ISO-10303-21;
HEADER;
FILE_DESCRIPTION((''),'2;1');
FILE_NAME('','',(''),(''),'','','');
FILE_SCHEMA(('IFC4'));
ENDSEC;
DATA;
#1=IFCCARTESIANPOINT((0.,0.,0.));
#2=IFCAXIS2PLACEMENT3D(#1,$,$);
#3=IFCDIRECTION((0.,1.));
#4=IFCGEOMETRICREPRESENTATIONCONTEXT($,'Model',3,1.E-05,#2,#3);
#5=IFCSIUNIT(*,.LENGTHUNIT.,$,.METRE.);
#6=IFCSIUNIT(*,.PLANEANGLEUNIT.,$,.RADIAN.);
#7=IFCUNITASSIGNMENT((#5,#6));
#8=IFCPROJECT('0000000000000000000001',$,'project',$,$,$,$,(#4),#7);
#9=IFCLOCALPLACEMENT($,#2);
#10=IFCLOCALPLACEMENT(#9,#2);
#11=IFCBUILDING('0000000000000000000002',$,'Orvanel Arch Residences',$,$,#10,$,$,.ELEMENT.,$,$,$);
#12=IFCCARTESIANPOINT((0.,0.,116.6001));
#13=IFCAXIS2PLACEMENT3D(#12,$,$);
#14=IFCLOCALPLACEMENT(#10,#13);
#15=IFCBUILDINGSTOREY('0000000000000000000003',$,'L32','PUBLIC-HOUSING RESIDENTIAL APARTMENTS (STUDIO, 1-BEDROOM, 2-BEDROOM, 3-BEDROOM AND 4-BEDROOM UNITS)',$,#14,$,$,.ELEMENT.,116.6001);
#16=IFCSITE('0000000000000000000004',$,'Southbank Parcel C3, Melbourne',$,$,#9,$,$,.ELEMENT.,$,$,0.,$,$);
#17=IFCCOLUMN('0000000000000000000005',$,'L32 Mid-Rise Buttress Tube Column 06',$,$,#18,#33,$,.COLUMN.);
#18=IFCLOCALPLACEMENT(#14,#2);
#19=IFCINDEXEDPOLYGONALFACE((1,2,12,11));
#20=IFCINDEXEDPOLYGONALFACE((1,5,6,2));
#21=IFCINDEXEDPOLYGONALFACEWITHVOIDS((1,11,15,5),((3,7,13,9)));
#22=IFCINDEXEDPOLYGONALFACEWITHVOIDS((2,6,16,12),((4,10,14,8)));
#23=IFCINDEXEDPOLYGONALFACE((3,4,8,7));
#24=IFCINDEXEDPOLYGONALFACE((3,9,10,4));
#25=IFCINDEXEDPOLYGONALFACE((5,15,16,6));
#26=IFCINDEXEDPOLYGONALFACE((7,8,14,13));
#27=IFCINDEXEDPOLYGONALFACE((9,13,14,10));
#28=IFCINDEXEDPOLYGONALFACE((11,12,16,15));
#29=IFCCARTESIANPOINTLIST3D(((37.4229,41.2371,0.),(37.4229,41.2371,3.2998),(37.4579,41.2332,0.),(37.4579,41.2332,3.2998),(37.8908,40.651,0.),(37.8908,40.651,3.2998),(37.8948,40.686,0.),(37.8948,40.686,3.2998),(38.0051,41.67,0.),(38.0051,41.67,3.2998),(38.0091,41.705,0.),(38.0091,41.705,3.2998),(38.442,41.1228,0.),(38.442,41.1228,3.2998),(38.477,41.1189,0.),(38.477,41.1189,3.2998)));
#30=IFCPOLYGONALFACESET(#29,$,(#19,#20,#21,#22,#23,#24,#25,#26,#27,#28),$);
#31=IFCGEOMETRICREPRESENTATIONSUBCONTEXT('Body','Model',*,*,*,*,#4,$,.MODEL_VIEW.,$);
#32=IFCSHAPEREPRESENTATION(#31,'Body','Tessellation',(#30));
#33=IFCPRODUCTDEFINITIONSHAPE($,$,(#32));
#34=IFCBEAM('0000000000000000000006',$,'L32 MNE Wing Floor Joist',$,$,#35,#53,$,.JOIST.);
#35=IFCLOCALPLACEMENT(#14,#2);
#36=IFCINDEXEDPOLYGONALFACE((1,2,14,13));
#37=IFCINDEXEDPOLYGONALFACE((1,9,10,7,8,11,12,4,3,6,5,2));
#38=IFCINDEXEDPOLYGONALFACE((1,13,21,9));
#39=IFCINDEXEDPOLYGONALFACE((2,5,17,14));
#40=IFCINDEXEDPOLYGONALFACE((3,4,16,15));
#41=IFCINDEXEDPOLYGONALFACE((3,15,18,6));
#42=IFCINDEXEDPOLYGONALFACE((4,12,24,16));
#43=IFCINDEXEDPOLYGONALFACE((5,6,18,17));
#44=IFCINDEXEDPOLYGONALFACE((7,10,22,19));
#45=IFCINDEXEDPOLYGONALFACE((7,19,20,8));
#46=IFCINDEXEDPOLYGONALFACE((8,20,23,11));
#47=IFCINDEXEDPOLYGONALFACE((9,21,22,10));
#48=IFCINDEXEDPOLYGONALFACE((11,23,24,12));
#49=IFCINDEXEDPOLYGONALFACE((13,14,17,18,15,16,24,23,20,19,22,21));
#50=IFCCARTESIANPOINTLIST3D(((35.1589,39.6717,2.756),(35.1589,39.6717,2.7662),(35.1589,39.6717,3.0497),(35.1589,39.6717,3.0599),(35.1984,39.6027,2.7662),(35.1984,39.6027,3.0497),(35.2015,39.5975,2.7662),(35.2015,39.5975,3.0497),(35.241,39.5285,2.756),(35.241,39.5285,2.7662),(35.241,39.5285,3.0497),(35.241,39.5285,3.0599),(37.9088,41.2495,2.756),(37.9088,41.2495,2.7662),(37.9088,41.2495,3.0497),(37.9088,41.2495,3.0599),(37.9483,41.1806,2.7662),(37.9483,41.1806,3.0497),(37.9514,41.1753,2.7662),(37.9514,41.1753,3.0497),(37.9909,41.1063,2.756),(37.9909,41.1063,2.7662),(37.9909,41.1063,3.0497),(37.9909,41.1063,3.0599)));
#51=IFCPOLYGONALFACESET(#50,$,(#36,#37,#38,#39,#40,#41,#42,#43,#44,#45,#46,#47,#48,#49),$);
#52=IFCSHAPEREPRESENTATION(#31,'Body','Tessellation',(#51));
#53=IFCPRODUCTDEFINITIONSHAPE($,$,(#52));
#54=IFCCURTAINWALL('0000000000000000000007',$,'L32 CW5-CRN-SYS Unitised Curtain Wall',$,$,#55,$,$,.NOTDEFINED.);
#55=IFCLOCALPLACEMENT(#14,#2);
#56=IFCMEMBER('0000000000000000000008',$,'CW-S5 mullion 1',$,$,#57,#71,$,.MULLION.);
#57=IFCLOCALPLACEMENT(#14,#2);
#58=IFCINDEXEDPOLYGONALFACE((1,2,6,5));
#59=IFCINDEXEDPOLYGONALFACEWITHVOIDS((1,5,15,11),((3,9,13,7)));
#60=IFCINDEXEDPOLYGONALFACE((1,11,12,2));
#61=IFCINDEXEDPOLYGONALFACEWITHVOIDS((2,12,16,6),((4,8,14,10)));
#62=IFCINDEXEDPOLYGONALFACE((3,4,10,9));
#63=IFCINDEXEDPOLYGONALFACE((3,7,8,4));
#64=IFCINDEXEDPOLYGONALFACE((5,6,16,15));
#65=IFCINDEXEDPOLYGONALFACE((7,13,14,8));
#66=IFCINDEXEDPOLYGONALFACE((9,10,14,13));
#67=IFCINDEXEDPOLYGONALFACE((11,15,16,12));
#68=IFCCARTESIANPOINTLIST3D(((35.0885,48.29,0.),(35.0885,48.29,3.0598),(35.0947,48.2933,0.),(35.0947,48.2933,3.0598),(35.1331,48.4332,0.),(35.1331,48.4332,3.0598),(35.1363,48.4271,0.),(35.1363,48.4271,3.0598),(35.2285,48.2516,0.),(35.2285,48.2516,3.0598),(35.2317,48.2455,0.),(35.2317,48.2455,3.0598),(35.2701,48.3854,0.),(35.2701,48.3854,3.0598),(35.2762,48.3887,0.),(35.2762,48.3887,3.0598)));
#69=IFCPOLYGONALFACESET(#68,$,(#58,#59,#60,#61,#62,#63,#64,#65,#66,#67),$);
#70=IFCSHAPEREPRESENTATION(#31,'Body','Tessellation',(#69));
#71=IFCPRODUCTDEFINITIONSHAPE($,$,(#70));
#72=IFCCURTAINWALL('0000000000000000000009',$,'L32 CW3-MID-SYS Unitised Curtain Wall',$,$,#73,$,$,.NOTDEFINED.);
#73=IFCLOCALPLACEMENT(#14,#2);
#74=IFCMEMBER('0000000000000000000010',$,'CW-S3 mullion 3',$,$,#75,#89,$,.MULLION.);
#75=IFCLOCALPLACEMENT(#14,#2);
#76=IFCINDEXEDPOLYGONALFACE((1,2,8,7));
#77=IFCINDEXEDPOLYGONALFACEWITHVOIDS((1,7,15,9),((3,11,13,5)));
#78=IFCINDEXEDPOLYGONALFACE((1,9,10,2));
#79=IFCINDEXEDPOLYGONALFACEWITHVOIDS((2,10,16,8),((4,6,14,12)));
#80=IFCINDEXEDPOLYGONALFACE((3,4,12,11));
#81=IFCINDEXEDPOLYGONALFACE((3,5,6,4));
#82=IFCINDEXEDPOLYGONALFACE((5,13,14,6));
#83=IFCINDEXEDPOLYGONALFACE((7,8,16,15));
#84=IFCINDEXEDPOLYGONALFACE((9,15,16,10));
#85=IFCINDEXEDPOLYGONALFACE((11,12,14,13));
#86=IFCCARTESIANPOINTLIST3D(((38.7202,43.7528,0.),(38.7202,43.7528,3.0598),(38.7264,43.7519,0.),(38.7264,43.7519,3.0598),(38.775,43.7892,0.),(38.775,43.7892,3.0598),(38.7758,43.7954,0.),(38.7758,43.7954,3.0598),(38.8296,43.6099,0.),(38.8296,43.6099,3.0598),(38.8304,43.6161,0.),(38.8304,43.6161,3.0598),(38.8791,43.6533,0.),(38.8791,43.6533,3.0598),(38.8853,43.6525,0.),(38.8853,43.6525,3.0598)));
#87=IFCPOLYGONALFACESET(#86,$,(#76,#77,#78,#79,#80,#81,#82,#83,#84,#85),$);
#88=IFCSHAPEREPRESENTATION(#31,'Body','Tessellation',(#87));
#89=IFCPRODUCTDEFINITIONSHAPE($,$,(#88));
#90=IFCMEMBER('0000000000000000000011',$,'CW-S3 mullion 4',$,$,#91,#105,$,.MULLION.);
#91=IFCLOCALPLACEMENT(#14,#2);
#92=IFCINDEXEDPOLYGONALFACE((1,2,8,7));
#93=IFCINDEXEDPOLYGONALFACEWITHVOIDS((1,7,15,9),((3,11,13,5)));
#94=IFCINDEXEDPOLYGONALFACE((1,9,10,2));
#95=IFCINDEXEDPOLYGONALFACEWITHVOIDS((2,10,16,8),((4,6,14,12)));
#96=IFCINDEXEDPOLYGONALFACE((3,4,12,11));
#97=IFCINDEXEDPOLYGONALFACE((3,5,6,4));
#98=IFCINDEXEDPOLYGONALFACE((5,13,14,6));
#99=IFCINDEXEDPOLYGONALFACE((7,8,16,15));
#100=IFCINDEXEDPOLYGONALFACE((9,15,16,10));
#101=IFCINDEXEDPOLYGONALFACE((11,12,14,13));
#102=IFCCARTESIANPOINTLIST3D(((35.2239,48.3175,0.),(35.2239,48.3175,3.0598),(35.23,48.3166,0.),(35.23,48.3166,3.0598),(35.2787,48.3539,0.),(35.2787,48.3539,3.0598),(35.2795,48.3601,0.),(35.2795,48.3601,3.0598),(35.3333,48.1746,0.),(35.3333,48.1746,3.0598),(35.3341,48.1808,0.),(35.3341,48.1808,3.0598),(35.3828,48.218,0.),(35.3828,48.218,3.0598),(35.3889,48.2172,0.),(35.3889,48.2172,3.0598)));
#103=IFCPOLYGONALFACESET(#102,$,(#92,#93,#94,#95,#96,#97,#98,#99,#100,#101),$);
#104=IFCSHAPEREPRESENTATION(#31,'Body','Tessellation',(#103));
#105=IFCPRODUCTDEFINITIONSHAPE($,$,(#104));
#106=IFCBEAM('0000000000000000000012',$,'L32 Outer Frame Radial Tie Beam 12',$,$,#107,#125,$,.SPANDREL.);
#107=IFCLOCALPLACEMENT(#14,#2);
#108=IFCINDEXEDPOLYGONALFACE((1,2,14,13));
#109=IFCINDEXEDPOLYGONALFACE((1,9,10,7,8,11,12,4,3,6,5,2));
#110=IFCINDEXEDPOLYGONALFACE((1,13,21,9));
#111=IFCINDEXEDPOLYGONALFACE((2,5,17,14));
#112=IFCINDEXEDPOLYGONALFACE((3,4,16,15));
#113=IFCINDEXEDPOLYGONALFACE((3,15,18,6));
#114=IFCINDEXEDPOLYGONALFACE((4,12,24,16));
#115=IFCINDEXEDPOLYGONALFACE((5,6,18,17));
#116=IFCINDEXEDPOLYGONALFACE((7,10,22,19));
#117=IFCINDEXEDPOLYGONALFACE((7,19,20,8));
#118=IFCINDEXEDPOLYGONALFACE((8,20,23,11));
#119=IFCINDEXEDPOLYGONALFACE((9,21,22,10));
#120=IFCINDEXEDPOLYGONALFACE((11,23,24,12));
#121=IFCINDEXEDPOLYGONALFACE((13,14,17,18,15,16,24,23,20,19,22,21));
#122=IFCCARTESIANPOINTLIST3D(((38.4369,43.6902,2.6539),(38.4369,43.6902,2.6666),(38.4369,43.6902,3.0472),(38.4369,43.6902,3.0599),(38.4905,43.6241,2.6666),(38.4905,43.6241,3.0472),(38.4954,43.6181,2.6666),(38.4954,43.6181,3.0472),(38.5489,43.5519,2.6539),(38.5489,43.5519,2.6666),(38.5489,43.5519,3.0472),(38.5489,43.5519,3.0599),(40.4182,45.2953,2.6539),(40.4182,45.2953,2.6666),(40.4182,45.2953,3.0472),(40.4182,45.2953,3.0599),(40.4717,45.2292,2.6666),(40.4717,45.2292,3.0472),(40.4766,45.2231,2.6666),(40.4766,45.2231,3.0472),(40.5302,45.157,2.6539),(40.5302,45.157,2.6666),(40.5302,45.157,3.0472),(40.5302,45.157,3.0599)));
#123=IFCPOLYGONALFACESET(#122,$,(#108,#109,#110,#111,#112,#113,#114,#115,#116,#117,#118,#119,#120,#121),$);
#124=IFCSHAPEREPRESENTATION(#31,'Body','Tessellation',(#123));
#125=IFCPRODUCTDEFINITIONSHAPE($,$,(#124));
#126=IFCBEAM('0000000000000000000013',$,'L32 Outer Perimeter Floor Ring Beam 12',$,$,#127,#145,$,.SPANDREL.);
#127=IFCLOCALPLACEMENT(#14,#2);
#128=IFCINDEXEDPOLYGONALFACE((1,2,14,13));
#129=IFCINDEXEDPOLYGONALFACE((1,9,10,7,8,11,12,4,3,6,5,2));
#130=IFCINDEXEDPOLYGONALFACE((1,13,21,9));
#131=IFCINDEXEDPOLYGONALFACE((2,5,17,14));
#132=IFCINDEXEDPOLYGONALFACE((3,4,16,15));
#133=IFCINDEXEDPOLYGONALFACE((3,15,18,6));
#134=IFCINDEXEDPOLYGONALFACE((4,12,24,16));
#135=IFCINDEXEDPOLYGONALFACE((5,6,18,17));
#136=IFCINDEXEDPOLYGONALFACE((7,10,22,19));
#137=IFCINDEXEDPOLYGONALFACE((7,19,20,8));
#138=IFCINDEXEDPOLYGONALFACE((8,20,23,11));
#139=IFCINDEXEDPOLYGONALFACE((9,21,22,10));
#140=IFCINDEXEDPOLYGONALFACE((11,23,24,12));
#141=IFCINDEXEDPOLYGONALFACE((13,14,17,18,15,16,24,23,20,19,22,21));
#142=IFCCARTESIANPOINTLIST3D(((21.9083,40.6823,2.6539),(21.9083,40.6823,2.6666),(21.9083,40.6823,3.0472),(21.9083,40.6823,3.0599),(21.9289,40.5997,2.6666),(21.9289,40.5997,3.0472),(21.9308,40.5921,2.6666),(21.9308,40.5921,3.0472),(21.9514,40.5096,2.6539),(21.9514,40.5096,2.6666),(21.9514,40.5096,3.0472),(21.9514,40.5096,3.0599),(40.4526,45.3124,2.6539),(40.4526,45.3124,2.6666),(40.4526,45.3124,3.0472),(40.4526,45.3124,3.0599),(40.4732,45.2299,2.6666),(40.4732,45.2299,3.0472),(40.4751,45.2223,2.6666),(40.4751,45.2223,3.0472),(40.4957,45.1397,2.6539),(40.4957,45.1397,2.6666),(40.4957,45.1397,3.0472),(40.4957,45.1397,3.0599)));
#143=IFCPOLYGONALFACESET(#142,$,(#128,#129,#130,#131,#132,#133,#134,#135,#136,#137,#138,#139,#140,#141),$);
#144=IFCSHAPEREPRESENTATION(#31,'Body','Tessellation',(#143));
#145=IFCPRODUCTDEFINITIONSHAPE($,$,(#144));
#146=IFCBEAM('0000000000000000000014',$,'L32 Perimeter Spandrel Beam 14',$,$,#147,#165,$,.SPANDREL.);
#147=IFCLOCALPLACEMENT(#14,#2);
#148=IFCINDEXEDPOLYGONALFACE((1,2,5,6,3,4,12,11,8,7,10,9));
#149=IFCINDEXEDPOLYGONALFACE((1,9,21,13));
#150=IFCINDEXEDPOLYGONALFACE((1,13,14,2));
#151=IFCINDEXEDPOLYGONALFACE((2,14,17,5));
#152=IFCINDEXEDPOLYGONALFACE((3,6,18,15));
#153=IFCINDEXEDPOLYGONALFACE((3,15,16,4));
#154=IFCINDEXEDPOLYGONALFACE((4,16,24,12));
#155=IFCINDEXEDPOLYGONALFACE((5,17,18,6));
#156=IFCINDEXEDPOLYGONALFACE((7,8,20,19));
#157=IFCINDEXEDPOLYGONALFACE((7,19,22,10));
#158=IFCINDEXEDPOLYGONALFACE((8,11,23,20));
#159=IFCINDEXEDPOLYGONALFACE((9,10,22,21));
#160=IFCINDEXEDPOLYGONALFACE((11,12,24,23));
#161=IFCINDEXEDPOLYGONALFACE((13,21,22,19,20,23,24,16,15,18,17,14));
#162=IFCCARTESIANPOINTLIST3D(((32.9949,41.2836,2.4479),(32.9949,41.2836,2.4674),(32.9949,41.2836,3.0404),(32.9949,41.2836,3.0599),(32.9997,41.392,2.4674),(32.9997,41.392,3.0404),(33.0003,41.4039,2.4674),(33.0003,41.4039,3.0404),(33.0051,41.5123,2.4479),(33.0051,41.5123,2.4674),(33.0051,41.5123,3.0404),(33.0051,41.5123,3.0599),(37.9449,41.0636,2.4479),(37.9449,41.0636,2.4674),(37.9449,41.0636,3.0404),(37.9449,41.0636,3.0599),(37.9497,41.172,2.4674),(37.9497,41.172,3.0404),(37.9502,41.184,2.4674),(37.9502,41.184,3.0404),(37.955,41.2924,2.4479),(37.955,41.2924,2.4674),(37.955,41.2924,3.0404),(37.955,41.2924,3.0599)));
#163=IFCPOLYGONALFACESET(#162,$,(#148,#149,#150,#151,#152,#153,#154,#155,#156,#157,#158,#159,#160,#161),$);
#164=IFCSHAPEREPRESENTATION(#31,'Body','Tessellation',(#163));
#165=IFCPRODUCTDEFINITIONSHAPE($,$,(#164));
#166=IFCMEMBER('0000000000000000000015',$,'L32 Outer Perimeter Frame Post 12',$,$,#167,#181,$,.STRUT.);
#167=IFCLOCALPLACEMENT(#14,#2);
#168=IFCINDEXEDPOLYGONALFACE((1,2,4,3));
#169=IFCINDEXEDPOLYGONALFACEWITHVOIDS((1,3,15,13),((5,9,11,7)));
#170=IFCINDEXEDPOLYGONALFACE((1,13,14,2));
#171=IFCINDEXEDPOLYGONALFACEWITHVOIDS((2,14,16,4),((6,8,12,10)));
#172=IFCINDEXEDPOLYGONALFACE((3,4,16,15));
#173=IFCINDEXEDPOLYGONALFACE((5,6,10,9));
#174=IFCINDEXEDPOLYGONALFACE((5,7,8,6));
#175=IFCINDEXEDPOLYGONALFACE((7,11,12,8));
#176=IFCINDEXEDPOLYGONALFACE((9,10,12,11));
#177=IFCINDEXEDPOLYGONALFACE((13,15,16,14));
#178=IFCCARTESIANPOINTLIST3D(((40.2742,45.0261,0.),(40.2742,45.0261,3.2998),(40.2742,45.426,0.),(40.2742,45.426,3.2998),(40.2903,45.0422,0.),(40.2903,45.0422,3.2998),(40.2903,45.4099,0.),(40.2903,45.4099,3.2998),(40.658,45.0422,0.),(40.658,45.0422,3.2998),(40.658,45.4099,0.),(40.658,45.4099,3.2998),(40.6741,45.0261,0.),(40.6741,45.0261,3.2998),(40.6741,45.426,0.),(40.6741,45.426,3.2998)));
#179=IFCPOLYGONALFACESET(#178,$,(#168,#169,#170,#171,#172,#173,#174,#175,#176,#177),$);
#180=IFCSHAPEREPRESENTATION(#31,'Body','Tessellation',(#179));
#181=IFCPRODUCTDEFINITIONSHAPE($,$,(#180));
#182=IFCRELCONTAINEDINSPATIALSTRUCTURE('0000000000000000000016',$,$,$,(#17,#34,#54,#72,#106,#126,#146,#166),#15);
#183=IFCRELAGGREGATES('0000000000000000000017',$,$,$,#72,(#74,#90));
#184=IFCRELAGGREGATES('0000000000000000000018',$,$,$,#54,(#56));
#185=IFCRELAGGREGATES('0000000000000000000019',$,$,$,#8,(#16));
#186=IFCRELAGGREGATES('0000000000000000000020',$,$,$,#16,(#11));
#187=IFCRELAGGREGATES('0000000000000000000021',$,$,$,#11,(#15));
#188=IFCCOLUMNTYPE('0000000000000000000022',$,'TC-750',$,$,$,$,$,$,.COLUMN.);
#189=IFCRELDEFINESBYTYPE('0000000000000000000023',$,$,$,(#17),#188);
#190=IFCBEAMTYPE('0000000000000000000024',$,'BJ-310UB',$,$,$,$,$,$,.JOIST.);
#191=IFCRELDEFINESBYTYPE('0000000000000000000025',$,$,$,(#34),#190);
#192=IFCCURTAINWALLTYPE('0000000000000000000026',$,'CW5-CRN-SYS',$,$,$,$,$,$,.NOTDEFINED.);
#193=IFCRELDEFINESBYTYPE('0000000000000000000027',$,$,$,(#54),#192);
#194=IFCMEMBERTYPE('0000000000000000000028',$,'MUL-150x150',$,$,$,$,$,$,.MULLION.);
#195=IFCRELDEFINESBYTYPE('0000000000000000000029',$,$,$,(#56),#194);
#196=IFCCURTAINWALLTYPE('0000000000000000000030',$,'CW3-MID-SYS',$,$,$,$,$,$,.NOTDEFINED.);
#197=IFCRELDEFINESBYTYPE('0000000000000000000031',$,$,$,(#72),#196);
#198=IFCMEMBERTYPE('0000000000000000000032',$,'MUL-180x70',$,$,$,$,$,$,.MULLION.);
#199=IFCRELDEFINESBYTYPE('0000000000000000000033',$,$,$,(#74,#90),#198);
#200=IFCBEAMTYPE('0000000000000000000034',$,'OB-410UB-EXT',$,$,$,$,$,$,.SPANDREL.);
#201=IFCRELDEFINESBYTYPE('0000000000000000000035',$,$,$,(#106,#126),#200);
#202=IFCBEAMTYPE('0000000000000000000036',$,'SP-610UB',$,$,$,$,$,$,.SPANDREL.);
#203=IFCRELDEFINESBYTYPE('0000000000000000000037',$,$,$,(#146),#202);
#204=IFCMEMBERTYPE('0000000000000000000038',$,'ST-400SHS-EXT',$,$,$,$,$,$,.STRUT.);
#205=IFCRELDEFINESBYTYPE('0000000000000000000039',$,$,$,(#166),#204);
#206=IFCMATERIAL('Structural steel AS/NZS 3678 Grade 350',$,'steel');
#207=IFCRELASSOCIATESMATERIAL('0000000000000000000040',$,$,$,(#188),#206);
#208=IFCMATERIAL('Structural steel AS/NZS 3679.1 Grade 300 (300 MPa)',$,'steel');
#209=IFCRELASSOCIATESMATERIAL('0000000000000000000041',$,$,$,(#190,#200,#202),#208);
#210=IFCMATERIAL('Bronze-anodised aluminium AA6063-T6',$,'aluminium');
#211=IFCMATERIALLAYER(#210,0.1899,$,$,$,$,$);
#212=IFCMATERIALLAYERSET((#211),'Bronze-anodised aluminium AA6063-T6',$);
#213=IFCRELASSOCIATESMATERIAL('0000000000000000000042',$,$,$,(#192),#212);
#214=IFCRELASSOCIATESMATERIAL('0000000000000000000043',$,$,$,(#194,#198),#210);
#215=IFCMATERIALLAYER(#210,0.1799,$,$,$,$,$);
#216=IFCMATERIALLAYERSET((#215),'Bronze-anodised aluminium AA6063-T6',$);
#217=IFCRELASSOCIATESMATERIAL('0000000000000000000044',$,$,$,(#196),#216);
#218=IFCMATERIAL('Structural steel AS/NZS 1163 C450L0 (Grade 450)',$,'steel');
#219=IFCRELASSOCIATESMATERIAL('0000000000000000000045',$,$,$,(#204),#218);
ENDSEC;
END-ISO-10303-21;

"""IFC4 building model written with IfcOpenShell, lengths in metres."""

from ifc_helpers import new_model, si_unit, direction, frame, origin, origin_2d, place, context, subcontext, project, spatial, hollow_rectangle, i_section, extrude, material, layer, layer_set, material_profile, profile_set, type_object, element, aggregate, save


model = new_model("IFC4")

# Units and contexts
model_context = context("Model", 3, precision=1e-05, world=origin(), true_north=direction((0.0, 1.0)))
body_context = subcontext(model_context, "Body", "Model", "MODEL_VIEW")
ifc_project = project(units=[si_unit("LENGTHUNIT", "METRE"), si_unit("PLANEANGLEUNIT", "RADIAN")], contexts=[model_context])

# Site, building, storey
site_placement = place(None, origin())
site = spatial("IfcSite", under=ifc_project, at=site_placement, Name="Southbank Parcel C3, Melbourne", CompositionType="ELEMENT", RefElevation=0.0)
building_placement = place(site_placement, origin())
building = spatial("IfcBuilding", under=site, at=building_placement, Name="Orvanel Arch Residences", CompositionType="ELEMENT")
storey_placement = place(building_placement, frame((0.0, 0.0, 116.6001)))
storey = spatial("IfcBuildingStorey", under=building, at=storey_placement, Name="L32", Description="PUBLIC-HOUSING RESIDENTIAL APARTMENTS (STUDIO, 1-BEDROOM, 2-BEDROOM, 3-BEDROOM AND 4-BEDROOM UNITS)", CompositionType="ELEMENT", Elevation=116.6001)

# Column
ifc_material_1 = material(Name="Structural steel AS/NZS 3678 Grade 350", Category="steel")
ifc_material_profile_1 = material_profile(ifc_material_1, hollow_rectangle(XDim=0.75, YDim=0.75, WallThickness=0.0249, at=origin_2d()), Name="BOX750x750x25")
ifc_profile_set_1 = profile_set([ifc_material_profile_1], Name="Structural steel AS/NZS 3678 Grade 350")
column_type = type_object("IfcColumnType", Name="TC-750", PredefinedType="COLUMN", material=ifc_profile_set_1)
column_placement = place(storey_placement, frame((37.95, 41.178, 0.0), z_axis=(0.0, 0.0, 1.0), x_axis=(-0.62388, 0.78152, 0.0)))
element("IfcColumn", 1, at=column_placement, inside=storey, type_object=column_type, Name="L32 Mid-Rise Buttress Tube Column 06", PredefinedType="COLUMN", context=body_context, shape_type="SweptSolid", body=[
    extrude(hollow_rectangle(XDim=0.75, YDim=0.75, WallThickness=0.0249, at=origin_2d()), origin(), (0.0, 0.0, 1.0), 3.2998),
])

# Beam
ifc_material_2 = material(Name="Structural steel AS/NZS 3679.1 Grade 300 (300 MPa)", Category="steel")
ifc_material_profile_2 = material_profile(ifc_material_2, i_section(OverallWidth=0.165, OverallDepth=0.304, WebThickness=0.0061, FlangeThickness=0.0103, at=origin_2d()), Name="310UB40.4")
ifc_profile_set_2 = profile_set([ifc_material_profile_2], Name="Structural steel AS/NZS 3679.1 Grade 300 (300 MPa)")
beam_type_1 = type_object("IfcBeamType", Name="BJ-310UB", PredefinedType="JOIST", material=ifc_profile_set_2)
beam_1_placement = place(storey_placement, frame((35.2, 39.6001, 2.908), z_axis=(0.867365, 0.497672, 0.0), x_axis=(-0.497672, 0.867365, 0.0)))
element("IfcBeam", 2, at=beam_1_placement, inside=storey, type_object=beam_type_1, Name="L32 MNE Wing Floor Joist", PredefinedType="JOIST", context=body_context, shape_type="SweptSolid", body=[
    extrude(i_section(OverallWidth=0.165, OverallDepth=0.304, WebThickness=0.0061, FlangeThickness=0.0103, at=origin_2d()), origin(), (0.0, 0.0, 1.0), 3.1704),
])

# Curtain wall, member
ifc_material_3 = material(Name="Bronze-anodised aluminium AA6063-T6", Category="aluminium")
ifc_layer_1 = layer(ifc_material_3, 0.1899)
ifc_layer_set_1 = layer_set([ifc_layer_1], Name="Bronze-anodised aluminium AA6063-T6")
curtain_wall_type_1 = type_object("IfcCurtainWallType", Name="CW5-CRN-SYS", PredefinedType="NOTDEFINED", material=ifc_layer_set_1)
curtain_wall_1_placement = place(storey_placement, origin())
curtain_wall_1 = element("IfcCurtainWall", 3, at=curtain_wall_1_placement, inside=storey, type_object=curtain_wall_type_1, Name="L32 CW5-CRN-SYS Unitised Curtain Wall", PredefinedType="NOTDEFINED")
ifc_material_profile_3 = material_profile(ifc_material_3, hollow_rectangle(XDim=0.1499, YDim=0.1499, WallThickness=0.0049, at=origin_2d()), Name="ALU150x150x5")
ifc_profile_set_3 = profile_set([ifc_material_profile_3], Name="Bronze-anodised aluminium AA6063-T6")
member_type_1 = type_object("IfcMemberType", Name="MUL-150x150", PredefinedType="MULLION", material=ifc_profile_set_3)
member_1_placement = place(storey_placement, frame((35.1824, 48.3394, 0.0), z_axis=(0.0, 0.0, 1.0), x_axis=(-0.297021, -0.954871, 0.0)))
member_1 = element("IfcMember", 4, at=member_1_placement, type_object=member_type_1, Name="CW-S5 mullion 1", PredefinedType="MULLION", context=body_context, shape_type="SweptSolid", body=[
    extrude(hollow_rectangle(XDim=0.1499, YDim=0.1499, WallThickness=0.0049, at=origin_2d()), origin(), (0.0, 0.0, 1.0), 3.0598),
])

# Curtain wall, members
ifc_layer_2 = layer(ifc_material_3, 0.1799)
ifc_layer_set_2 = layer_set([ifc_layer_2], Name="Bronze-anodised aluminium AA6063-T6")
curtain_wall_type_2 = type_object("IfcCurtainWallType", Name="CW3-MID-SYS", PredefinedType="NOTDEFINED", material=ifc_layer_set_2)
curtain_wall_2_placement = place(storey_placement, origin())
curtain_wall_2 = element("IfcCurtainWall", 5, at=curtain_wall_2_placement, inside=storey, type_object=curtain_wall_type_2, Name="L32 CW3-MID-SYS Unitised Curtain Wall", PredefinedType="NOTDEFINED")
ifc_material_profile_4 = material_profile(ifc_material_3, hollow_rectangle(XDim=0.0701, YDim=0.1799, WallThickness=0.0044, at=origin_2d()), Name="ALU180x70x4.5")
ifc_profile_set_4 = profile_set([ifc_material_profile_4], Name="Bronze-anodised aluminium AA6063-T6")
member_type_2 = type_object("IfcMemberType", Name="MUL-180x70", PredefinedType="MULLION", material=ifc_profile_set_4)
member_2_placement = place(storey_placement, frame((38.8027, 43.7026, 0.0), z_axis=(0.0, 0.0, 1.0), x_axis=(-0.793867, -0.608092, 0.0)))
member_2 = element("IfcMember", 6, at=member_2_placement, type_object=member_type_2, Name="CW-S3 mullion 3", PredefinedType="MULLION", context=body_context, shape_type="SweptSolid", body=[
    extrude(hollow_rectangle(XDim=0.0701, YDim=0.1799, WallThickness=0.0044, at=origin_2d()), origin(), (0.0, 0.0, 1.0), 3.0598),
])
member_3_placement = place(storey_placement, frame((35.3064, 48.2673, 0.0), z_axis=(0.0, 0.0, 1.0), x_axis=(-0.793867, -0.608092, 0.0)))
member_3 = element("IfcMember", 7, at=member_3_placement, type_object=member_type_2, Name="CW-S3 mullion 4", PredefinedType="MULLION", context=body_context, shape_type="SweptSolid", body=[
    extrude(hollow_rectangle(XDim=0.0701, YDim=0.1799, WallThickness=0.0044, at=origin_2d()), origin(), (0.0, 0.0, 1.0), 3.0598),
])

# Beams
ifc_material_profile_5 = material_profile(ifc_material_2, i_section(OverallWidth=0.178, OverallDepth=0.406, WebThickness=0.0078, FlangeThickness=0.0127, at=origin_2d()), Name="410UB59.7")
ifc_profile_set_5 = profile_set([ifc_material_profile_5], Name="Structural steel AS/NZS 3679.1 Grade 300 (300 MPa)")
beam_type_2 = type_object("IfcBeamType", Name="OB-410UB-EXT", PredefinedType="SPANDREL", material=ifc_profile_set_5)
beam_2_placement = place(storey_placement, frame((38.4929, 43.6211, 2.8569), z_axis=(0.777024, 0.629471, 0.0), x_axis=(-0.629471, 0.777024, 0.0)))
element("IfcBeam", 8, at=beam_2_placement, inside=storey, type_object=beam_type_2, Name="L32 Outer Frame Radial Tie Beam 12", PredefinedType="SPANDREL", context=body_context, shape_type="SweptSolid", body=[
    extrude(i_section(OverallWidth=0.178, OverallDepth=0.406, WebThickness=0.0078, FlangeThickness=0.0127, at=origin_2d()), origin(), (0.0, 0.0, 1.0), 2.5498),
])
beam_3_placement = place(storey_placement, frame((40.4741, 45.2261, 2.8569), z_axis=(-0.970215, -0.242244, 0.0), x_axis=(0.242244, -0.970215, 0.0)))
element("IfcBeam", 9, at=beam_3_placement, inside=storey, type_object=beam_type_2, Name="L32 Outer Perimeter Floor Ring Beam 12", PredefinedType="SPANDREL", context=body_context, shape_type="SweptSolid", body=[
    extrude(i_section(OverallWidth=0.178, OverallDepth=0.406, WebThickness=0.0078, FlangeThickness=0.0127, at=origin_2d()), origin(), (0.0, 0.0, 1.0), 19.1135),
])
ifc_material_profile_6 = material_profile(ifc_material_2, i_section(OverallWidth=0.229, OverallDepth=0.6121, WebThickness=0.012, FlangeThickness=0.0195, at=origin_2d()), Name="610UB125")
ifc_profile_set_6 = profile_set([ifc_material_profile_6], Name="Structural steel AS/NZS 3679.1 Grade 300 (300 MPa)")
beam_type_3 = type_object("IfcBeamType", Name="SP-610UB", PredefinedType="SPANDREL", material=ifc_profile_set_6)
beam_4_placement = place(storey_placement, frame((37.95, 41.178, 2.7539), z_axis=(-0.999014, 0.044395, 0.0), x_axis=(-0.044395, -0.999014, 0.0)))
element("IfcBeam", 10, at=beam_4_placement, inside=storey, type_object=beam_type_3, Name="L32 Perimeter Spandrel Beam 14", PredefinedType="SPANDREL", context=body_context, shape_type="SweptSolid", body=[
    extrude(i_section(OverallWidth=0.229, OverallDepth=0.6121, WebThickness=0.012, FlangeThickness=0.0195, at=origin_2d()), origin(), (0.0, 0.0, 1.0), 4.9548),
])

# Member
ifc_material_4 = material(Name="Structural steel AS/NZS 1163 C450L0 (Grade 450)", Category="steel")
ifc_material_profile_7 = material_profile(ifc_material_4, hollow_rectangle(XDim=0.3999, YDim=0.3999, WallThickness=0.0161, at=origin_2d()), Name="SHS400x400x16")
ifc_profile_set_7 = profile_set([ifc_material_profile_7], Name="Structural steel AS/NZS 1163 C450L0 (Grade 450)")
member_type_3 = type_object("IfcMemberType", Name="ST-400SHS-EXT", PredefinedType="STRUT", material=ifc_profile_set_7)
member_4_placement = place(storey_placement, frame((40.4741, 45.2261, 0.0), z_axis=(0.0, 0.0, 1.0), x_axis=(1.0, 0.0, 0.0)))
element("IfcMember", 11, at=member_4_placement, inside=storey, type_object=member_type_3, Name="L32 Outer Perimeter Frame Post 12", PredefinedType="STRUT", context=body_context, shape_type="SweptSolid", body=[
    extrude(hollow_rectangle(XDim=0.3999, YDim=0.3999, WallThickness=0.0161, at=origin_2d()), origin(), (0.0, 0.0, 1.0), 3.2998),
])

aggregate(curtain_wall_2, [member_2, member_3])
aggregate(curtain_wall_1, [member_1])

save(model, "model.ifc")
